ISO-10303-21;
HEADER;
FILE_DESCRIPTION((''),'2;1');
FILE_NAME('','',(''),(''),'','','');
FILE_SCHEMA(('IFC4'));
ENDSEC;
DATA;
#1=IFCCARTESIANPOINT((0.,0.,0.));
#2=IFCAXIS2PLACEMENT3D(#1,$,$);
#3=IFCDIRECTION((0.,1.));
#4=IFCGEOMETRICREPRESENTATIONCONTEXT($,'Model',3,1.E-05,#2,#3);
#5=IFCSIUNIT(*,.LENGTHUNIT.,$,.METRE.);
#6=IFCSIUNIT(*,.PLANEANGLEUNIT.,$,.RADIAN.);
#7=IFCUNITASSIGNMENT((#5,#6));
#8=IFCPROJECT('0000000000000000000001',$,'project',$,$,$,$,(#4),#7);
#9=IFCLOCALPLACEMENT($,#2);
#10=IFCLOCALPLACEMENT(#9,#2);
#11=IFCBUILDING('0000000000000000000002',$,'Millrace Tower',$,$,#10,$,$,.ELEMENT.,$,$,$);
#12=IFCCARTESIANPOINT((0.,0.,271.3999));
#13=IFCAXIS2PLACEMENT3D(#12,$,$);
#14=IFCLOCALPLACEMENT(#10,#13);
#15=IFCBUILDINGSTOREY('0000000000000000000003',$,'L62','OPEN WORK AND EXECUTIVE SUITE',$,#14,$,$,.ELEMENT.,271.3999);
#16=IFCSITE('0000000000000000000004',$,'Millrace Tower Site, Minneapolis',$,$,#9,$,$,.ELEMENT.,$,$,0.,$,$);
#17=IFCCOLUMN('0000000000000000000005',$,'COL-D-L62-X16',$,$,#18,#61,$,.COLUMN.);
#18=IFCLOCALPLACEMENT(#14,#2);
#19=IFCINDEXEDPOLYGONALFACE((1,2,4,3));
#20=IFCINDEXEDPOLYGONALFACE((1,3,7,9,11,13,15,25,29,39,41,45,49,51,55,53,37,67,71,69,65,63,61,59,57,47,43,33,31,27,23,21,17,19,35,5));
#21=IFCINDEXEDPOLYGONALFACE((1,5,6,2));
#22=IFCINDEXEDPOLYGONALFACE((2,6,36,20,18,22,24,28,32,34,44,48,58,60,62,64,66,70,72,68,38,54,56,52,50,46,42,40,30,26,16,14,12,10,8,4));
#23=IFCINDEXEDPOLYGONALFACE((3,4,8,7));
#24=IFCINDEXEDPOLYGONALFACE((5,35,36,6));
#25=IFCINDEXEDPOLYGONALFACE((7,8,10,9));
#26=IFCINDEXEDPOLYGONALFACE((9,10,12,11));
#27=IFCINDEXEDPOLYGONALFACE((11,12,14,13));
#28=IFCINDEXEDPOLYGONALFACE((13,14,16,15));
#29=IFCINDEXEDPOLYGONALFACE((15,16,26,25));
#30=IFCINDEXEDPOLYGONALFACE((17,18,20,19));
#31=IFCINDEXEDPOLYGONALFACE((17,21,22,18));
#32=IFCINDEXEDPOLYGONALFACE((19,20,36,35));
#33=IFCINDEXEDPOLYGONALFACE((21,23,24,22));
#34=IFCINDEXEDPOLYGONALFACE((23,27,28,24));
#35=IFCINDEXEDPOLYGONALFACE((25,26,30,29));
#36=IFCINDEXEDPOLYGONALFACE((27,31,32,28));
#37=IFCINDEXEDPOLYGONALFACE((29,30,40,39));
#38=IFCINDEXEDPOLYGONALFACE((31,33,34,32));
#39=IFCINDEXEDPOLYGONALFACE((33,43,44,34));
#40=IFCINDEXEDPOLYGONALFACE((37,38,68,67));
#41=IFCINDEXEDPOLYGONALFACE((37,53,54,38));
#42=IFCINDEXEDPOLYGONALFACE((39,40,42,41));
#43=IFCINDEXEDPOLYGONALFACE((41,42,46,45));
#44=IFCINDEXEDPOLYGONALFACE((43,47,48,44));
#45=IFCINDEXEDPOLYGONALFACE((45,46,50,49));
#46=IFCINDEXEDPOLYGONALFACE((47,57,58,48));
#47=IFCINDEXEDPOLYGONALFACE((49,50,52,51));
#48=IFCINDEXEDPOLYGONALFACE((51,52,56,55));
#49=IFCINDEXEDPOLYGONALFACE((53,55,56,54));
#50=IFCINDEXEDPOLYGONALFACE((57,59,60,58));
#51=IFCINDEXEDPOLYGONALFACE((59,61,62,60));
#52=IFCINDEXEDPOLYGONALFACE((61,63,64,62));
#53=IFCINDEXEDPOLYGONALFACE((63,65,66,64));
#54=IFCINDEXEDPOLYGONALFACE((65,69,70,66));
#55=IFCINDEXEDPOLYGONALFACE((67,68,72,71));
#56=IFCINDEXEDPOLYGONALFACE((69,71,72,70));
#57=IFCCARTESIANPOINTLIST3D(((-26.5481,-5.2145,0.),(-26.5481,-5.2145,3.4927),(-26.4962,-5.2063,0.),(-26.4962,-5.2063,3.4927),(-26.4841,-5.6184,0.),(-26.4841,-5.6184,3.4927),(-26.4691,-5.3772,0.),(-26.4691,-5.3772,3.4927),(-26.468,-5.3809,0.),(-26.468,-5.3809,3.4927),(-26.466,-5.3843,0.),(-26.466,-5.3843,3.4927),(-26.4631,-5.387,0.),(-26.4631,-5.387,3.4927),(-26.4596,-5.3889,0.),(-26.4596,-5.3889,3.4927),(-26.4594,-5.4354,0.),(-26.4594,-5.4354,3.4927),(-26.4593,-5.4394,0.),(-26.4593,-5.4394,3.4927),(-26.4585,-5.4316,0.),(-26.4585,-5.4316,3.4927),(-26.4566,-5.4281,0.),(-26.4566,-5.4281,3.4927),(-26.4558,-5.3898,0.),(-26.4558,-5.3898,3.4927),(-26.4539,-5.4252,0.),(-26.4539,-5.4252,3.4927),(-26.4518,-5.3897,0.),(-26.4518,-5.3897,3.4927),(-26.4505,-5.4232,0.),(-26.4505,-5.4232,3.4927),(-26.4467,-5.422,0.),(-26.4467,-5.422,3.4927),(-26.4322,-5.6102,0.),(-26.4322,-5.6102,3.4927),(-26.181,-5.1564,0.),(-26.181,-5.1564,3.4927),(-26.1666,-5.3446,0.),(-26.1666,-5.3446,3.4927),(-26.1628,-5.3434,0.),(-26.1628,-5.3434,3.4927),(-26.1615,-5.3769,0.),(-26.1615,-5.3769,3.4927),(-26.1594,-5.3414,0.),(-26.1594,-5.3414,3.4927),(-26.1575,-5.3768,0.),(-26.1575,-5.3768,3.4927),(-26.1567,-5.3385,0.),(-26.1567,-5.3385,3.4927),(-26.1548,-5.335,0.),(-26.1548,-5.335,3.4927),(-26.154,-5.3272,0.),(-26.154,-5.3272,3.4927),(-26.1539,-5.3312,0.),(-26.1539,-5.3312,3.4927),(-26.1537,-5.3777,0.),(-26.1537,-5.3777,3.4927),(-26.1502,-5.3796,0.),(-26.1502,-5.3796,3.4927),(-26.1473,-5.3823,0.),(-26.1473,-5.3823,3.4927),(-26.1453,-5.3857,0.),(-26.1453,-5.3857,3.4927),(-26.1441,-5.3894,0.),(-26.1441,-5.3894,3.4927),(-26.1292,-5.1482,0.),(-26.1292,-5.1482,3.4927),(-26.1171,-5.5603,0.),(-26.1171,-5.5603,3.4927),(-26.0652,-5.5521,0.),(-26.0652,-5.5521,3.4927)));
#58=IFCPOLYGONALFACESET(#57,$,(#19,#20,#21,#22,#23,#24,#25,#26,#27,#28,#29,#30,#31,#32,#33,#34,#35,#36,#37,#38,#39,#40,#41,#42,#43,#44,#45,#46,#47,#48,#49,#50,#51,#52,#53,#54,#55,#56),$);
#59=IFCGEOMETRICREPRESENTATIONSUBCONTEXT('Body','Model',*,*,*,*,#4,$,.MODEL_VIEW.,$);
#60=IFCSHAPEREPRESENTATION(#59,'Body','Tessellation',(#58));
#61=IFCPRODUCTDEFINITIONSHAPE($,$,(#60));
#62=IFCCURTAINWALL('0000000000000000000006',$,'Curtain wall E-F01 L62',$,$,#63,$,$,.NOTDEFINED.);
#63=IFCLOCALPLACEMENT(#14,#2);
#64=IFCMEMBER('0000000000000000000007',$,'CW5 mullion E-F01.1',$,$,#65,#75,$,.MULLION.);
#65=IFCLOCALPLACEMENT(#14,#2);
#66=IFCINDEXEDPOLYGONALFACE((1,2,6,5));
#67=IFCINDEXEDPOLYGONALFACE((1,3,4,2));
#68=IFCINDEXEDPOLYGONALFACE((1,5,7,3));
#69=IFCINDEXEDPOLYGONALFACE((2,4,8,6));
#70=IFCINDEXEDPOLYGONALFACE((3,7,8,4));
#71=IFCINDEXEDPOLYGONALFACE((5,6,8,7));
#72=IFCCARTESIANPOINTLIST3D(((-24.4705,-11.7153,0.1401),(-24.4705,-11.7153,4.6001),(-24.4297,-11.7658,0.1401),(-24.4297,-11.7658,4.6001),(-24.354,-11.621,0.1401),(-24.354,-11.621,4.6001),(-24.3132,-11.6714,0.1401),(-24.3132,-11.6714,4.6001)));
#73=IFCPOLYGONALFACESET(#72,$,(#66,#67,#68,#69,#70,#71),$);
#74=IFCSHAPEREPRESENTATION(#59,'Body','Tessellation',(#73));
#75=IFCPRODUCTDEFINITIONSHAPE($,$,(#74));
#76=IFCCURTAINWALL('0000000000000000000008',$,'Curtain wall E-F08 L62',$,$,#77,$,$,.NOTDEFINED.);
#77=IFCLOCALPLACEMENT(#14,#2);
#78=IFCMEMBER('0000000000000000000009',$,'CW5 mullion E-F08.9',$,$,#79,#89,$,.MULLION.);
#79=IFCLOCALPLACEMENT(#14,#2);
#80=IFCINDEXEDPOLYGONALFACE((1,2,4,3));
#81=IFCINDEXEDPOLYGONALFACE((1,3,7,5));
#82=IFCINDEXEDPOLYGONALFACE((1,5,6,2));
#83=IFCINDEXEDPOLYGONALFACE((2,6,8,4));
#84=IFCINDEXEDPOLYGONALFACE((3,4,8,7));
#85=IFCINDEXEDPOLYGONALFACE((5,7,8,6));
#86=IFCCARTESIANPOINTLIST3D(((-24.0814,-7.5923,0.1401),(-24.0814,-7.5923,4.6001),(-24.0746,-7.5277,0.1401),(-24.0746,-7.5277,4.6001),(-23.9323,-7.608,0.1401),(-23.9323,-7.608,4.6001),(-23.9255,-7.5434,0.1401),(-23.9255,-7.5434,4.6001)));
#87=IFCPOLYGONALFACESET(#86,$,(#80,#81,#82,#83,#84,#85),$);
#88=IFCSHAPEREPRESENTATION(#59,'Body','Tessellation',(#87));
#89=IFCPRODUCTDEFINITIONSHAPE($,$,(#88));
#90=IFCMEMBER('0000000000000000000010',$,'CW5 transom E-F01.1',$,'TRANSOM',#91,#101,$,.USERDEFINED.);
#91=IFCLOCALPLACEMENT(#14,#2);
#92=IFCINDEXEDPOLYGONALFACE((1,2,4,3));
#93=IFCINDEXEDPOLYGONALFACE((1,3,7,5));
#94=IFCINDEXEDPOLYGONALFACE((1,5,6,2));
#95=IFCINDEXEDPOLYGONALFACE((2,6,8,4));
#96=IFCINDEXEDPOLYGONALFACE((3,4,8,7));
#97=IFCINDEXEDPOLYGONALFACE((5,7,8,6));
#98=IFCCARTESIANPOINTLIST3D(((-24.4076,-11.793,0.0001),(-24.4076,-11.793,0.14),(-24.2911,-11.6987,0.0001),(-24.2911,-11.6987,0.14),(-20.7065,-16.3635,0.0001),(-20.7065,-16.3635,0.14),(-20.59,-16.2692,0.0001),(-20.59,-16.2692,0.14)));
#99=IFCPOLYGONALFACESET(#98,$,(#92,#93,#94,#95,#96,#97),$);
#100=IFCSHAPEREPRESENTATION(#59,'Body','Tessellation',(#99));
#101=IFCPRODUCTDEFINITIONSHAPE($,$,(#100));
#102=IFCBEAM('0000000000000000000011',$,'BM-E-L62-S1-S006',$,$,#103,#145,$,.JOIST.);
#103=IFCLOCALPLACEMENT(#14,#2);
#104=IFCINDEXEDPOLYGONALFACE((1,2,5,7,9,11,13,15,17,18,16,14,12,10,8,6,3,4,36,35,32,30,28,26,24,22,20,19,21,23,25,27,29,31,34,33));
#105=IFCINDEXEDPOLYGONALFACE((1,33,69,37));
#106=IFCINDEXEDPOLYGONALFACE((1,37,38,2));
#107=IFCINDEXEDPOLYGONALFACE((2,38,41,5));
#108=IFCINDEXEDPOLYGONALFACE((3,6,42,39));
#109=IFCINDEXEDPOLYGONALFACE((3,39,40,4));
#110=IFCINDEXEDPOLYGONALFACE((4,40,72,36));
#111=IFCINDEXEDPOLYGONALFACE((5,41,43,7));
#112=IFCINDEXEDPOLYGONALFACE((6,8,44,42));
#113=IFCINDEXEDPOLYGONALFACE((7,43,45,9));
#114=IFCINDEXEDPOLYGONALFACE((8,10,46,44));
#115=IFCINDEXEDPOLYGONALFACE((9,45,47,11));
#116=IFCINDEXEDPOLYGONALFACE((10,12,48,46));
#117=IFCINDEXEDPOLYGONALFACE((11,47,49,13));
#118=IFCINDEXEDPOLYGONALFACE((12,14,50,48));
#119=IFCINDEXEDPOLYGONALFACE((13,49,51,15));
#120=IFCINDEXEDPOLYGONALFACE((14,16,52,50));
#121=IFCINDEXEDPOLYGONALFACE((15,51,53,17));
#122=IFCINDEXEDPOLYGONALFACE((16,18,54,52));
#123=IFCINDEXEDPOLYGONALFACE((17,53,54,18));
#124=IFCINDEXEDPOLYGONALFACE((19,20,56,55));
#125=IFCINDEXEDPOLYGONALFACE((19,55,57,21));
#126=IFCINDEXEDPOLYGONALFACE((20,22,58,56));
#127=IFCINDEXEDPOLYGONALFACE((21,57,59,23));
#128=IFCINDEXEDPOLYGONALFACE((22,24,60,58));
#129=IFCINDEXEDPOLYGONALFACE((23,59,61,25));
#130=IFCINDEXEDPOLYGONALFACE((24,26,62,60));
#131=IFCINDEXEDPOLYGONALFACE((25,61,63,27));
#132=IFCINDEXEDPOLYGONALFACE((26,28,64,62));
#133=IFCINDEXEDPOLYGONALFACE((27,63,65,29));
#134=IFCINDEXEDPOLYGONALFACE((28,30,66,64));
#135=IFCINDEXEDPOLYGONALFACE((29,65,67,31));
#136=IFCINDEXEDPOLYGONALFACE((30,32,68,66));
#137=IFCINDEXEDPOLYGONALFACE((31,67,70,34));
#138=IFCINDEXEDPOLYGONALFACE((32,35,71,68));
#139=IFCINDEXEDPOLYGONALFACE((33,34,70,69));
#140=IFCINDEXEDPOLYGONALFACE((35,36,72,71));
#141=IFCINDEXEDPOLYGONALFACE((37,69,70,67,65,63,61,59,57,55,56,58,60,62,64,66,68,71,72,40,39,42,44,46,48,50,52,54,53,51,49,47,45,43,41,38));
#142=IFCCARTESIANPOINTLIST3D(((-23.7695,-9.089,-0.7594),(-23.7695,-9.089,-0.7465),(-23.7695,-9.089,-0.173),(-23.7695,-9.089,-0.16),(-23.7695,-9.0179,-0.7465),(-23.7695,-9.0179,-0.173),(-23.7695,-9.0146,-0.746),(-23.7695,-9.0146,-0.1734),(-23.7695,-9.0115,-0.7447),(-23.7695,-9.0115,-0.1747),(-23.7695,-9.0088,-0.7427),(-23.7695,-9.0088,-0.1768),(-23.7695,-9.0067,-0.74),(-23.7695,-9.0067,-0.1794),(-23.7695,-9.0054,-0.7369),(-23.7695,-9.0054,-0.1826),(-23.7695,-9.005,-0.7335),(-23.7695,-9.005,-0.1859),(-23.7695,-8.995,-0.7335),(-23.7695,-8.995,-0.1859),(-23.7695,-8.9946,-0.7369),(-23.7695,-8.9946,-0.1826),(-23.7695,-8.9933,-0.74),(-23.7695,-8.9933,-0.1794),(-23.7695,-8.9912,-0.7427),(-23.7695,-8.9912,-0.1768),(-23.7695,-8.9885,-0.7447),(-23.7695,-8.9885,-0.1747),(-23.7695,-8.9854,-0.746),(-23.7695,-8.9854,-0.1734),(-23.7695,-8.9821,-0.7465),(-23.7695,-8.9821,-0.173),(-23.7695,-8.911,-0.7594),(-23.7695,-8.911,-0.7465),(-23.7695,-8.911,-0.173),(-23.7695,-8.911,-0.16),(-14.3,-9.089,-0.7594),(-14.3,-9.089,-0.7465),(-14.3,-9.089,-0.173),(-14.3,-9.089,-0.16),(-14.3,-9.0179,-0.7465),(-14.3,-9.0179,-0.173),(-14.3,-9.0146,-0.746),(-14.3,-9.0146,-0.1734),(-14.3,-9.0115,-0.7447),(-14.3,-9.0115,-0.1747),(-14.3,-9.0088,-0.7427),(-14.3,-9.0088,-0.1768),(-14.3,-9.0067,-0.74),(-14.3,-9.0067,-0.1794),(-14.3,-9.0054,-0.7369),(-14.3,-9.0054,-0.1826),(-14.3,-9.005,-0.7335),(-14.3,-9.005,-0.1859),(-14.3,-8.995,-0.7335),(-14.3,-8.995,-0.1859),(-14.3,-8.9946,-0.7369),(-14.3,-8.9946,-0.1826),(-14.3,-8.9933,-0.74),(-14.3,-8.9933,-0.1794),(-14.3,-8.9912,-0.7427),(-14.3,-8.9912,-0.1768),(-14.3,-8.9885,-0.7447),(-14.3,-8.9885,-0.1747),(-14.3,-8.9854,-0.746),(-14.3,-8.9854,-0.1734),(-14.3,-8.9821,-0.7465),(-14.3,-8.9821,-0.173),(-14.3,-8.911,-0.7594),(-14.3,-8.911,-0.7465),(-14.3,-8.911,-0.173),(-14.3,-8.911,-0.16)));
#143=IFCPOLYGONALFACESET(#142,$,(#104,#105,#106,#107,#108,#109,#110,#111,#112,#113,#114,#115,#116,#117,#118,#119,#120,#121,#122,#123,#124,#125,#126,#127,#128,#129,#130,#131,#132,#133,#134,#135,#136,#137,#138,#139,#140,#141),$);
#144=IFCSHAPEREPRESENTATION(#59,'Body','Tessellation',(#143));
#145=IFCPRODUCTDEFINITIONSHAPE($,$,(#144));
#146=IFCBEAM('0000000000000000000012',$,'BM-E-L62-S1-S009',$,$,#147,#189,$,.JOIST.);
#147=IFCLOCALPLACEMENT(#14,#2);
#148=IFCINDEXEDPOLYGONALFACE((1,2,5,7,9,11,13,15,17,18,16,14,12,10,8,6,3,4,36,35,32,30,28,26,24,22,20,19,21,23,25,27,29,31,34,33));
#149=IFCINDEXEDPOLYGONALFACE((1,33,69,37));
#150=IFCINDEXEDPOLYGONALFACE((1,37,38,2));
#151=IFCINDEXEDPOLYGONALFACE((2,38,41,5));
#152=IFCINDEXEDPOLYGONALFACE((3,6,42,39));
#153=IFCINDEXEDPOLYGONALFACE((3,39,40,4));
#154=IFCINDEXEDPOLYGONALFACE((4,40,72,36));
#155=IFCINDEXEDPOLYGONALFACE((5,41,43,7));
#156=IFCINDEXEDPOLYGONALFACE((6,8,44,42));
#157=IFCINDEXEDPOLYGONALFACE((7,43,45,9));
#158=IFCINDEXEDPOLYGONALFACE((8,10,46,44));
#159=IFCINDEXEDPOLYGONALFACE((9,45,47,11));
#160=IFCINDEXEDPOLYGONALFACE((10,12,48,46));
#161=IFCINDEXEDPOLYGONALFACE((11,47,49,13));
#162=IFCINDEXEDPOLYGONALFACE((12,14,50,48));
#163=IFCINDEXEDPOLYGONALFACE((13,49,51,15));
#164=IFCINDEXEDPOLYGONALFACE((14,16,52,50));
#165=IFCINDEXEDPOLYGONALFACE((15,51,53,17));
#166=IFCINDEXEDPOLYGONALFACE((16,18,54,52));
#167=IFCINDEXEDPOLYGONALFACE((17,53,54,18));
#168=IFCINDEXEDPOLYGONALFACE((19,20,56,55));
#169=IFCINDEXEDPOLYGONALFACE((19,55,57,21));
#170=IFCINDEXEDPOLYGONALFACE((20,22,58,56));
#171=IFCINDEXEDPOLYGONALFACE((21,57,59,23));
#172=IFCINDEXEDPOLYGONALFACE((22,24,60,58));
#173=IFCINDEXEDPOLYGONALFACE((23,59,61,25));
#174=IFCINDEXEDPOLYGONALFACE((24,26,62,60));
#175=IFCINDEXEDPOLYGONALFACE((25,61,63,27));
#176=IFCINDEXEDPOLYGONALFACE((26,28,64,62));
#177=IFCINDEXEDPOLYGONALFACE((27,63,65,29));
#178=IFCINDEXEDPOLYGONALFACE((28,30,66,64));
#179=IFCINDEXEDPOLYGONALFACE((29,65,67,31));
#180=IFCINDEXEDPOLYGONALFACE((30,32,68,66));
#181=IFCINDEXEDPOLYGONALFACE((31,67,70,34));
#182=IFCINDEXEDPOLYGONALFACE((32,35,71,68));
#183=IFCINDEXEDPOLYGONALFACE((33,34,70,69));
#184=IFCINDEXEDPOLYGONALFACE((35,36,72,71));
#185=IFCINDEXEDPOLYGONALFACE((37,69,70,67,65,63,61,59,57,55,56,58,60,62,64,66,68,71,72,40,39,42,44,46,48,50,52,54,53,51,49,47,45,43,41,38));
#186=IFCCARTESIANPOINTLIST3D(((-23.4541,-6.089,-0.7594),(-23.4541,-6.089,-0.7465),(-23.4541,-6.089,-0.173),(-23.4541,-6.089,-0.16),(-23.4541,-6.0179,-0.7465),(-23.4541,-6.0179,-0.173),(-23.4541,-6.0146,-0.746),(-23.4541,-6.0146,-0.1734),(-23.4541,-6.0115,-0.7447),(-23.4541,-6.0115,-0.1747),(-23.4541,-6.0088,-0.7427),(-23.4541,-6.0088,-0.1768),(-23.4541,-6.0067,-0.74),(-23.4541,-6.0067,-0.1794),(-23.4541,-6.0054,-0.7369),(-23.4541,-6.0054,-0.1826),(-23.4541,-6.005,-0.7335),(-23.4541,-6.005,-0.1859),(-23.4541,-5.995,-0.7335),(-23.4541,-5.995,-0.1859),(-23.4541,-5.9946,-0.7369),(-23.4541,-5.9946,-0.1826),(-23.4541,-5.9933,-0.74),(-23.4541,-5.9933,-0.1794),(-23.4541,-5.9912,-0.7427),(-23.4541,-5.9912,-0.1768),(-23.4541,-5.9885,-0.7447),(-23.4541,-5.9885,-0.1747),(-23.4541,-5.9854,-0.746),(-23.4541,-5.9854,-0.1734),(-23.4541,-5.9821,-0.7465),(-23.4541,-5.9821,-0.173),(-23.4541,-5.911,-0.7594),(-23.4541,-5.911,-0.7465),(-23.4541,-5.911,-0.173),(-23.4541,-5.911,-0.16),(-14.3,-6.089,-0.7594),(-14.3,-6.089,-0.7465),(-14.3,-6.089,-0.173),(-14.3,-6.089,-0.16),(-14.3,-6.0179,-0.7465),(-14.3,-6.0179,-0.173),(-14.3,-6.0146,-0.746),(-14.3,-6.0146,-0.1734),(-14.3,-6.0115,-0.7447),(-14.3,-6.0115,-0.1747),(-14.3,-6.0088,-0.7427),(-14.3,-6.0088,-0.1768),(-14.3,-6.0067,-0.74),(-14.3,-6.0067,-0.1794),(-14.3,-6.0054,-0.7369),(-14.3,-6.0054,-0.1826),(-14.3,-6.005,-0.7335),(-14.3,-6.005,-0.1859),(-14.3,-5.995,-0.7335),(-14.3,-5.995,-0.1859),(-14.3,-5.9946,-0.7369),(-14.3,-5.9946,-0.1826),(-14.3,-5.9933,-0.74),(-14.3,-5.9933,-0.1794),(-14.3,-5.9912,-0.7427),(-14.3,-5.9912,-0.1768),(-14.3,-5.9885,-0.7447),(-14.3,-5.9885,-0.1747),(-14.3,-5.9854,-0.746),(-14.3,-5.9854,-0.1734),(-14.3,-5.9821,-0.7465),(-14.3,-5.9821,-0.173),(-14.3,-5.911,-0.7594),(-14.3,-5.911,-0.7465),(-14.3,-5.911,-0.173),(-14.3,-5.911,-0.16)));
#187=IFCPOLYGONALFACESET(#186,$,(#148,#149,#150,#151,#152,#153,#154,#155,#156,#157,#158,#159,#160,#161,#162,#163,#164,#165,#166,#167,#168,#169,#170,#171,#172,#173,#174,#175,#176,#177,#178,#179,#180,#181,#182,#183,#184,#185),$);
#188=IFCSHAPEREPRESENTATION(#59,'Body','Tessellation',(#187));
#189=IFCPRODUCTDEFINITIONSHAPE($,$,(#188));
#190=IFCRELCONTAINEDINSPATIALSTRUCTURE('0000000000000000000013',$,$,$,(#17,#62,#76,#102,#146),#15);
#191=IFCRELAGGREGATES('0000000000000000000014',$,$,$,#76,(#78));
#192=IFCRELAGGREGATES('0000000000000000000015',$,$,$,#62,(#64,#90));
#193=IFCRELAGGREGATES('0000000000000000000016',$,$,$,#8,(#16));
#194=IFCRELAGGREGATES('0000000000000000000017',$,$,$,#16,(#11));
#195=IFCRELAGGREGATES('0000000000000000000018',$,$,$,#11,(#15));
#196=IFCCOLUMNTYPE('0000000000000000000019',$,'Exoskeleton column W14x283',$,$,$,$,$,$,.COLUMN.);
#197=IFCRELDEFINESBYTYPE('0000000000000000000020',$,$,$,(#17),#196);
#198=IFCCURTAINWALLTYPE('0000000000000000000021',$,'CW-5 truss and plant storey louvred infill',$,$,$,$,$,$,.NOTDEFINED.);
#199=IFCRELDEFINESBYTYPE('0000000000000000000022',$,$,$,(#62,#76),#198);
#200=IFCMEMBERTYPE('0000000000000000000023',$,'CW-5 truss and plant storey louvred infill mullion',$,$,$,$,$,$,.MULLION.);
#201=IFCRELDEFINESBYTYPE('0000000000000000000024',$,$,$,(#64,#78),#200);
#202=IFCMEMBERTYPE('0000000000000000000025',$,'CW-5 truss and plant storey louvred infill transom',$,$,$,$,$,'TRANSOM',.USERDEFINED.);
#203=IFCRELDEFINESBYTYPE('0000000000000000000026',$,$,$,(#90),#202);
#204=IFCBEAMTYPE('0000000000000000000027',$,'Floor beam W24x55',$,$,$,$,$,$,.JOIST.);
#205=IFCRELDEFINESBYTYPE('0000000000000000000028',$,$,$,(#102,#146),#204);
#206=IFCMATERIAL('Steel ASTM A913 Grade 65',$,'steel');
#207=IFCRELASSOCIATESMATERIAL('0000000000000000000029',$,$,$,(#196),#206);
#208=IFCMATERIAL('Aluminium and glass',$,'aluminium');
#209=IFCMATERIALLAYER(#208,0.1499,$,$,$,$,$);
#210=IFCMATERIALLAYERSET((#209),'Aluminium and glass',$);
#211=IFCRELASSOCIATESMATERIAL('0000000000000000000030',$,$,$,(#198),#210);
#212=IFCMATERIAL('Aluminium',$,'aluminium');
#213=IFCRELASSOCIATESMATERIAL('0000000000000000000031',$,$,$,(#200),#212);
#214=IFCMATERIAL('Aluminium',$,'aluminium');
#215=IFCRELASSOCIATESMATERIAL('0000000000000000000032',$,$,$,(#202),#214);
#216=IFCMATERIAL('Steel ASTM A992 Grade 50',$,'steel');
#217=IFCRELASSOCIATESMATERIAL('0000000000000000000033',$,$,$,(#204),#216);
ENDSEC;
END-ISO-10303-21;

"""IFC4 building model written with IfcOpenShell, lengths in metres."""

from ifc_helpers import new_model, si_unit, direction, frame, origin, origin_2d, place, context, subcontext, project, spatial, rectangle, i_section, extrude, material, layer, layer_set, material_profile, profile_set, type_object, element, aggregate, save


model = new_model("IFC4")

# Units and contexts
model_context = context("Model", 3, precision=1e-05, world=origin(), true_north=direction((0.0, 1.0)))
body_context = subcontext(model_context, "Body", "Model", "MODEL_VIEW")
ifc_project = project(units=[si_unit("LENGTHUNIT", "METRE"), si_unit("PLANEANGLEUNIT", "RADIAN")], contexts=[model_context])

# Site, building, storey
site_placement = place(None, origin())
site = spatial("IfcSite", under=ifc_project, at=site_placement, Name="Millrace Tower Site, Minneapolis", CompositionType="ELEMENT", RefElevation=0.0)
building_placement = place(site_placement, origin())
building = spatial("IfcBuilding", under=site, at=building_placement, Name="Millrace Tower", CompositionType="ELEMENT")
storey_placement = place(building_placement, frame((0.0, 0.0, 271.3999)))
storey = spatial("IfcBuildingStorey", under=building, at=storey_placement, Name="L62", Description="OPEN WORK AND EXECUTIVE SUITE", CompositionType="ELEMENT", Elevation=271.3999)

# Column
ifc_material_1 = material(Name="Steel ASTM A913 Grade 65", Category="steel")
ifc_material_profile_1 = material_profile(ifc_material_1, i_section(OverallWidth=0.4089, OverallDepth=0.4241, WebThickness=0.0327, FlangeThickness=0.0525, FilletRadius=0.0151, at=origin_2d()))
ifc_profile_set_1 = profile_set([ifc_material_profile_1], Name="Steel ASTM A913 Grade 65")
column_type = type_object("IfcColumnType", Name="Exoskeleton column W14x283", PredefinedType="COLUMN", material=ifc_profile_set_1)
column_placement = place(storey_placement, frame((-26.3066, -5.3833, 0.0), z_axis=(0.0, 0.0, 1.0), x_axis=(0.156434, -0.987688, 0.0)))
element("IfcColumn", 1, at=column_placement, inside=storey, type_object=column_type, Name="COL-D-L62-X16", PredefinedType="COLUMN", context=body_context, shape_type="SweptSolid", body=[
    extrude(i_section(OverallWidth=0.4089, OverallDepth=0.4241, WebThickness=0.0327, FlangeThickness=0.0525, FilletRadius=0.0151, at=origin_2d()), origin(), (0.0, 0.0, 1.0), 3.4927),
])

# Curtain walls, members
ifc_material_2 = material(Name="Aluminium and glass", Category="aluminium")
ifc_layer_1 = layer(ifc_material_2, 0.1499)
ifc_layer_set_1 = layer_set([ifc_layer_1], Name="Aluminium and glass")
curtain_wall_type = type_object("IfcCurtainWallType", Name="CW-5 truss and plant storey louvred infill", PredefinedType="NOTDEFINED", material=ifc_layer_set_1)
placement = place(storey_placement, origin())
curtain_wall_1 = element("IfcCurtainWall", 2, at=placement, inside=storey, type_object=curtain_wall_type, Name="Curtain wall E-F01 L62", PredefinedType="NOTDEFINED")
ifc_material_3 = material(Name="Aluminium", Category="aluminium")
ifc_material_profile_2 = material_profile(ifc_material_3, rectangle(XDim=0.0649, YDim=0.1499, at=origin_2d()))
ifc_profile_set_2 = profile_set([ifc_material_profile_2], Name="Aluminium")
member_type_1 = type_object("IfcMemberType", Name="CW-5 truss and plant storey louvred infill mullion", PredefinedType="MULLION", material=ifc_profile_set_2)
member_1_placement = place(storey_placement, frame((-24.3918, -11.6934, 0.1401), z_axis=(0.0, 0.0, 1.0), x_axis=(0.62932, -0.777146, 0.0)))
member_1 = element("IfcMember", 3, at=member_1_placement, type_object=member_type_1, Name="CW5 mullion E-F01.1", PredefinedType="MULLION", context=body_context, shape_type="SweptSolid", body=[
    extrude(rectangle(XDim=0.0649, YDim=0.1499, at=origin_2d()), origin(), (0.0, 0.0, 1.0), 4.46),
])
curtain_wall_2 = element("IfcCurtainWall", 4, at=placement, inside=storey, type_object=curtain_wall_type, Name="Curtain wall E-F08 L62", PredefinedType="NOTDEFINED")
member_2_placement = place(storey_placement, frame((-24.0034, -7.5679, 0.1401), z_axis=(0.0, 0.0, 1.0), x_axis=(-0.104528, -0.994522, 0.0)))
member_2 = element("IfcMember", 5, at=member_2_placement, type_object=member_type_1, Name="CW5 mullion E-F08.9", PredefinedType="MULLION", context=body_context, shape_type="SweptSolid", body=[
    extrude(rectangle(XDim=0.0649, YDim=0.1499, at=origin_2d()), origin(), (0.0, 0.0, 1.0), 4.46),
])
aggregate(curtain_wall_2, [member_2])

# Member
ifc_material_4 = material(Name="Aluminium", Category="aluminium")
ifc_material_profile_3 = material_profile(ifc_material_4, rectangle(XDim=0.1499, YDim=0.1399, at=origin_2d()))
ifc_profile_set_3 = profile_set([ifc_material_profile_3], Name="Aluminium")
member_type_2 = type_object("IfcMemberType", Name="CW-5 truss and plant storey louvred infill transom", ElementType="TRANSOM", PredefinedType="USERDEFINED", material=ifc_profile_set_3)
member_3_placement = place(storey_placement, frame((-24.3494, -11.7458, 0.0701), z_axis=(0.629321, -0.777145, 0.0), x_axis=(0.777145, 0.629321, 0.0)))
member_3 = element("IfcMember", 6, at=member_3_placement, type_object=member_type_2, Name="CW5 transom E-F01.1", ObjectType="TRANSOM", PredefinedType="USERDEFINED", context=body_context, shape_type="SweptSolid", body=[
    extrude(rectangle(XDim=0.1499, YDim=0.1399, at=origin_2d()), origin(), (0.0, 0.0, 1.0), 5.8811),
])
aggregate(curtain_wall_1, [member_1, member_3])

# Beams
ifc_material_5 = material(Name="Steel ASTM A992 Grade 50", Category="steel")
ifc_material_profile_4 = material_profile(ifc_material_5, i_section(OverallWidth=0.178, OverallDepth=0.5994, WebThickness=0.01, FlangeThickness=0.0129, FilletRadius=0.0129, at=origin_2d()))
ifc_profile_set_4 = profile_set([ifc_material_profile_4], Name="Steel ASTM A992 Grade 50")
beam_type_1 = type_object("IfcBeamType", Name="Floor beam W24x55", PredefinedType="JOIST", material=ifc_profile_set_4)
beam_1_placement = place(storey_placement, frame((-23.7695, -9.0, -0.4597), z_axis=(1.0, 0.0, 0.0), x_axis=(0.0, 1.0, 0.0)))
element("IfcBeam", 7, at=beam_1_placement, inside=storey, type_object=beam_type_1, Name="BM-E-L62-S1-S006", PredefinedType="JOIST", context=body_context, shape_type="SweptSolid", body=[
    extrude(i_section(OverallWidth=0.178, OverallDepth=0.5994, WebThickness=0.01, FlangeThickness=0.0129, FilletRadius=0.0129, at=origin_2d()), origin(), (0.0, 0.0, 1.0), 9.4695),
])
beam_2_placement = place(storey_placement, frame((-23.4541, -6.0, -0.4597), z_axis=(1.0, 0.0, 0.0), x_axis=(0.0, 1.0, 0.0)))
element("IfcBeam", 8, at=beam_2_placement, inside=storey, type_object=beam_type_1, Name="BM-E-L62-S1-S009", PredefinedType="JOIST", context=body_context, shape_type="SweptSolid", body=[
    extrude(i_section(OverallWidth=0.178, OverallDepth=0.5994, WebThickness=0.01, FlangeThickness=0.0129, FilletRadius=0.0129, at=origin_2d()), origin(), (0.0, 0.0, 1.0), 9.1541),
])

save(model, "model.ifc")
